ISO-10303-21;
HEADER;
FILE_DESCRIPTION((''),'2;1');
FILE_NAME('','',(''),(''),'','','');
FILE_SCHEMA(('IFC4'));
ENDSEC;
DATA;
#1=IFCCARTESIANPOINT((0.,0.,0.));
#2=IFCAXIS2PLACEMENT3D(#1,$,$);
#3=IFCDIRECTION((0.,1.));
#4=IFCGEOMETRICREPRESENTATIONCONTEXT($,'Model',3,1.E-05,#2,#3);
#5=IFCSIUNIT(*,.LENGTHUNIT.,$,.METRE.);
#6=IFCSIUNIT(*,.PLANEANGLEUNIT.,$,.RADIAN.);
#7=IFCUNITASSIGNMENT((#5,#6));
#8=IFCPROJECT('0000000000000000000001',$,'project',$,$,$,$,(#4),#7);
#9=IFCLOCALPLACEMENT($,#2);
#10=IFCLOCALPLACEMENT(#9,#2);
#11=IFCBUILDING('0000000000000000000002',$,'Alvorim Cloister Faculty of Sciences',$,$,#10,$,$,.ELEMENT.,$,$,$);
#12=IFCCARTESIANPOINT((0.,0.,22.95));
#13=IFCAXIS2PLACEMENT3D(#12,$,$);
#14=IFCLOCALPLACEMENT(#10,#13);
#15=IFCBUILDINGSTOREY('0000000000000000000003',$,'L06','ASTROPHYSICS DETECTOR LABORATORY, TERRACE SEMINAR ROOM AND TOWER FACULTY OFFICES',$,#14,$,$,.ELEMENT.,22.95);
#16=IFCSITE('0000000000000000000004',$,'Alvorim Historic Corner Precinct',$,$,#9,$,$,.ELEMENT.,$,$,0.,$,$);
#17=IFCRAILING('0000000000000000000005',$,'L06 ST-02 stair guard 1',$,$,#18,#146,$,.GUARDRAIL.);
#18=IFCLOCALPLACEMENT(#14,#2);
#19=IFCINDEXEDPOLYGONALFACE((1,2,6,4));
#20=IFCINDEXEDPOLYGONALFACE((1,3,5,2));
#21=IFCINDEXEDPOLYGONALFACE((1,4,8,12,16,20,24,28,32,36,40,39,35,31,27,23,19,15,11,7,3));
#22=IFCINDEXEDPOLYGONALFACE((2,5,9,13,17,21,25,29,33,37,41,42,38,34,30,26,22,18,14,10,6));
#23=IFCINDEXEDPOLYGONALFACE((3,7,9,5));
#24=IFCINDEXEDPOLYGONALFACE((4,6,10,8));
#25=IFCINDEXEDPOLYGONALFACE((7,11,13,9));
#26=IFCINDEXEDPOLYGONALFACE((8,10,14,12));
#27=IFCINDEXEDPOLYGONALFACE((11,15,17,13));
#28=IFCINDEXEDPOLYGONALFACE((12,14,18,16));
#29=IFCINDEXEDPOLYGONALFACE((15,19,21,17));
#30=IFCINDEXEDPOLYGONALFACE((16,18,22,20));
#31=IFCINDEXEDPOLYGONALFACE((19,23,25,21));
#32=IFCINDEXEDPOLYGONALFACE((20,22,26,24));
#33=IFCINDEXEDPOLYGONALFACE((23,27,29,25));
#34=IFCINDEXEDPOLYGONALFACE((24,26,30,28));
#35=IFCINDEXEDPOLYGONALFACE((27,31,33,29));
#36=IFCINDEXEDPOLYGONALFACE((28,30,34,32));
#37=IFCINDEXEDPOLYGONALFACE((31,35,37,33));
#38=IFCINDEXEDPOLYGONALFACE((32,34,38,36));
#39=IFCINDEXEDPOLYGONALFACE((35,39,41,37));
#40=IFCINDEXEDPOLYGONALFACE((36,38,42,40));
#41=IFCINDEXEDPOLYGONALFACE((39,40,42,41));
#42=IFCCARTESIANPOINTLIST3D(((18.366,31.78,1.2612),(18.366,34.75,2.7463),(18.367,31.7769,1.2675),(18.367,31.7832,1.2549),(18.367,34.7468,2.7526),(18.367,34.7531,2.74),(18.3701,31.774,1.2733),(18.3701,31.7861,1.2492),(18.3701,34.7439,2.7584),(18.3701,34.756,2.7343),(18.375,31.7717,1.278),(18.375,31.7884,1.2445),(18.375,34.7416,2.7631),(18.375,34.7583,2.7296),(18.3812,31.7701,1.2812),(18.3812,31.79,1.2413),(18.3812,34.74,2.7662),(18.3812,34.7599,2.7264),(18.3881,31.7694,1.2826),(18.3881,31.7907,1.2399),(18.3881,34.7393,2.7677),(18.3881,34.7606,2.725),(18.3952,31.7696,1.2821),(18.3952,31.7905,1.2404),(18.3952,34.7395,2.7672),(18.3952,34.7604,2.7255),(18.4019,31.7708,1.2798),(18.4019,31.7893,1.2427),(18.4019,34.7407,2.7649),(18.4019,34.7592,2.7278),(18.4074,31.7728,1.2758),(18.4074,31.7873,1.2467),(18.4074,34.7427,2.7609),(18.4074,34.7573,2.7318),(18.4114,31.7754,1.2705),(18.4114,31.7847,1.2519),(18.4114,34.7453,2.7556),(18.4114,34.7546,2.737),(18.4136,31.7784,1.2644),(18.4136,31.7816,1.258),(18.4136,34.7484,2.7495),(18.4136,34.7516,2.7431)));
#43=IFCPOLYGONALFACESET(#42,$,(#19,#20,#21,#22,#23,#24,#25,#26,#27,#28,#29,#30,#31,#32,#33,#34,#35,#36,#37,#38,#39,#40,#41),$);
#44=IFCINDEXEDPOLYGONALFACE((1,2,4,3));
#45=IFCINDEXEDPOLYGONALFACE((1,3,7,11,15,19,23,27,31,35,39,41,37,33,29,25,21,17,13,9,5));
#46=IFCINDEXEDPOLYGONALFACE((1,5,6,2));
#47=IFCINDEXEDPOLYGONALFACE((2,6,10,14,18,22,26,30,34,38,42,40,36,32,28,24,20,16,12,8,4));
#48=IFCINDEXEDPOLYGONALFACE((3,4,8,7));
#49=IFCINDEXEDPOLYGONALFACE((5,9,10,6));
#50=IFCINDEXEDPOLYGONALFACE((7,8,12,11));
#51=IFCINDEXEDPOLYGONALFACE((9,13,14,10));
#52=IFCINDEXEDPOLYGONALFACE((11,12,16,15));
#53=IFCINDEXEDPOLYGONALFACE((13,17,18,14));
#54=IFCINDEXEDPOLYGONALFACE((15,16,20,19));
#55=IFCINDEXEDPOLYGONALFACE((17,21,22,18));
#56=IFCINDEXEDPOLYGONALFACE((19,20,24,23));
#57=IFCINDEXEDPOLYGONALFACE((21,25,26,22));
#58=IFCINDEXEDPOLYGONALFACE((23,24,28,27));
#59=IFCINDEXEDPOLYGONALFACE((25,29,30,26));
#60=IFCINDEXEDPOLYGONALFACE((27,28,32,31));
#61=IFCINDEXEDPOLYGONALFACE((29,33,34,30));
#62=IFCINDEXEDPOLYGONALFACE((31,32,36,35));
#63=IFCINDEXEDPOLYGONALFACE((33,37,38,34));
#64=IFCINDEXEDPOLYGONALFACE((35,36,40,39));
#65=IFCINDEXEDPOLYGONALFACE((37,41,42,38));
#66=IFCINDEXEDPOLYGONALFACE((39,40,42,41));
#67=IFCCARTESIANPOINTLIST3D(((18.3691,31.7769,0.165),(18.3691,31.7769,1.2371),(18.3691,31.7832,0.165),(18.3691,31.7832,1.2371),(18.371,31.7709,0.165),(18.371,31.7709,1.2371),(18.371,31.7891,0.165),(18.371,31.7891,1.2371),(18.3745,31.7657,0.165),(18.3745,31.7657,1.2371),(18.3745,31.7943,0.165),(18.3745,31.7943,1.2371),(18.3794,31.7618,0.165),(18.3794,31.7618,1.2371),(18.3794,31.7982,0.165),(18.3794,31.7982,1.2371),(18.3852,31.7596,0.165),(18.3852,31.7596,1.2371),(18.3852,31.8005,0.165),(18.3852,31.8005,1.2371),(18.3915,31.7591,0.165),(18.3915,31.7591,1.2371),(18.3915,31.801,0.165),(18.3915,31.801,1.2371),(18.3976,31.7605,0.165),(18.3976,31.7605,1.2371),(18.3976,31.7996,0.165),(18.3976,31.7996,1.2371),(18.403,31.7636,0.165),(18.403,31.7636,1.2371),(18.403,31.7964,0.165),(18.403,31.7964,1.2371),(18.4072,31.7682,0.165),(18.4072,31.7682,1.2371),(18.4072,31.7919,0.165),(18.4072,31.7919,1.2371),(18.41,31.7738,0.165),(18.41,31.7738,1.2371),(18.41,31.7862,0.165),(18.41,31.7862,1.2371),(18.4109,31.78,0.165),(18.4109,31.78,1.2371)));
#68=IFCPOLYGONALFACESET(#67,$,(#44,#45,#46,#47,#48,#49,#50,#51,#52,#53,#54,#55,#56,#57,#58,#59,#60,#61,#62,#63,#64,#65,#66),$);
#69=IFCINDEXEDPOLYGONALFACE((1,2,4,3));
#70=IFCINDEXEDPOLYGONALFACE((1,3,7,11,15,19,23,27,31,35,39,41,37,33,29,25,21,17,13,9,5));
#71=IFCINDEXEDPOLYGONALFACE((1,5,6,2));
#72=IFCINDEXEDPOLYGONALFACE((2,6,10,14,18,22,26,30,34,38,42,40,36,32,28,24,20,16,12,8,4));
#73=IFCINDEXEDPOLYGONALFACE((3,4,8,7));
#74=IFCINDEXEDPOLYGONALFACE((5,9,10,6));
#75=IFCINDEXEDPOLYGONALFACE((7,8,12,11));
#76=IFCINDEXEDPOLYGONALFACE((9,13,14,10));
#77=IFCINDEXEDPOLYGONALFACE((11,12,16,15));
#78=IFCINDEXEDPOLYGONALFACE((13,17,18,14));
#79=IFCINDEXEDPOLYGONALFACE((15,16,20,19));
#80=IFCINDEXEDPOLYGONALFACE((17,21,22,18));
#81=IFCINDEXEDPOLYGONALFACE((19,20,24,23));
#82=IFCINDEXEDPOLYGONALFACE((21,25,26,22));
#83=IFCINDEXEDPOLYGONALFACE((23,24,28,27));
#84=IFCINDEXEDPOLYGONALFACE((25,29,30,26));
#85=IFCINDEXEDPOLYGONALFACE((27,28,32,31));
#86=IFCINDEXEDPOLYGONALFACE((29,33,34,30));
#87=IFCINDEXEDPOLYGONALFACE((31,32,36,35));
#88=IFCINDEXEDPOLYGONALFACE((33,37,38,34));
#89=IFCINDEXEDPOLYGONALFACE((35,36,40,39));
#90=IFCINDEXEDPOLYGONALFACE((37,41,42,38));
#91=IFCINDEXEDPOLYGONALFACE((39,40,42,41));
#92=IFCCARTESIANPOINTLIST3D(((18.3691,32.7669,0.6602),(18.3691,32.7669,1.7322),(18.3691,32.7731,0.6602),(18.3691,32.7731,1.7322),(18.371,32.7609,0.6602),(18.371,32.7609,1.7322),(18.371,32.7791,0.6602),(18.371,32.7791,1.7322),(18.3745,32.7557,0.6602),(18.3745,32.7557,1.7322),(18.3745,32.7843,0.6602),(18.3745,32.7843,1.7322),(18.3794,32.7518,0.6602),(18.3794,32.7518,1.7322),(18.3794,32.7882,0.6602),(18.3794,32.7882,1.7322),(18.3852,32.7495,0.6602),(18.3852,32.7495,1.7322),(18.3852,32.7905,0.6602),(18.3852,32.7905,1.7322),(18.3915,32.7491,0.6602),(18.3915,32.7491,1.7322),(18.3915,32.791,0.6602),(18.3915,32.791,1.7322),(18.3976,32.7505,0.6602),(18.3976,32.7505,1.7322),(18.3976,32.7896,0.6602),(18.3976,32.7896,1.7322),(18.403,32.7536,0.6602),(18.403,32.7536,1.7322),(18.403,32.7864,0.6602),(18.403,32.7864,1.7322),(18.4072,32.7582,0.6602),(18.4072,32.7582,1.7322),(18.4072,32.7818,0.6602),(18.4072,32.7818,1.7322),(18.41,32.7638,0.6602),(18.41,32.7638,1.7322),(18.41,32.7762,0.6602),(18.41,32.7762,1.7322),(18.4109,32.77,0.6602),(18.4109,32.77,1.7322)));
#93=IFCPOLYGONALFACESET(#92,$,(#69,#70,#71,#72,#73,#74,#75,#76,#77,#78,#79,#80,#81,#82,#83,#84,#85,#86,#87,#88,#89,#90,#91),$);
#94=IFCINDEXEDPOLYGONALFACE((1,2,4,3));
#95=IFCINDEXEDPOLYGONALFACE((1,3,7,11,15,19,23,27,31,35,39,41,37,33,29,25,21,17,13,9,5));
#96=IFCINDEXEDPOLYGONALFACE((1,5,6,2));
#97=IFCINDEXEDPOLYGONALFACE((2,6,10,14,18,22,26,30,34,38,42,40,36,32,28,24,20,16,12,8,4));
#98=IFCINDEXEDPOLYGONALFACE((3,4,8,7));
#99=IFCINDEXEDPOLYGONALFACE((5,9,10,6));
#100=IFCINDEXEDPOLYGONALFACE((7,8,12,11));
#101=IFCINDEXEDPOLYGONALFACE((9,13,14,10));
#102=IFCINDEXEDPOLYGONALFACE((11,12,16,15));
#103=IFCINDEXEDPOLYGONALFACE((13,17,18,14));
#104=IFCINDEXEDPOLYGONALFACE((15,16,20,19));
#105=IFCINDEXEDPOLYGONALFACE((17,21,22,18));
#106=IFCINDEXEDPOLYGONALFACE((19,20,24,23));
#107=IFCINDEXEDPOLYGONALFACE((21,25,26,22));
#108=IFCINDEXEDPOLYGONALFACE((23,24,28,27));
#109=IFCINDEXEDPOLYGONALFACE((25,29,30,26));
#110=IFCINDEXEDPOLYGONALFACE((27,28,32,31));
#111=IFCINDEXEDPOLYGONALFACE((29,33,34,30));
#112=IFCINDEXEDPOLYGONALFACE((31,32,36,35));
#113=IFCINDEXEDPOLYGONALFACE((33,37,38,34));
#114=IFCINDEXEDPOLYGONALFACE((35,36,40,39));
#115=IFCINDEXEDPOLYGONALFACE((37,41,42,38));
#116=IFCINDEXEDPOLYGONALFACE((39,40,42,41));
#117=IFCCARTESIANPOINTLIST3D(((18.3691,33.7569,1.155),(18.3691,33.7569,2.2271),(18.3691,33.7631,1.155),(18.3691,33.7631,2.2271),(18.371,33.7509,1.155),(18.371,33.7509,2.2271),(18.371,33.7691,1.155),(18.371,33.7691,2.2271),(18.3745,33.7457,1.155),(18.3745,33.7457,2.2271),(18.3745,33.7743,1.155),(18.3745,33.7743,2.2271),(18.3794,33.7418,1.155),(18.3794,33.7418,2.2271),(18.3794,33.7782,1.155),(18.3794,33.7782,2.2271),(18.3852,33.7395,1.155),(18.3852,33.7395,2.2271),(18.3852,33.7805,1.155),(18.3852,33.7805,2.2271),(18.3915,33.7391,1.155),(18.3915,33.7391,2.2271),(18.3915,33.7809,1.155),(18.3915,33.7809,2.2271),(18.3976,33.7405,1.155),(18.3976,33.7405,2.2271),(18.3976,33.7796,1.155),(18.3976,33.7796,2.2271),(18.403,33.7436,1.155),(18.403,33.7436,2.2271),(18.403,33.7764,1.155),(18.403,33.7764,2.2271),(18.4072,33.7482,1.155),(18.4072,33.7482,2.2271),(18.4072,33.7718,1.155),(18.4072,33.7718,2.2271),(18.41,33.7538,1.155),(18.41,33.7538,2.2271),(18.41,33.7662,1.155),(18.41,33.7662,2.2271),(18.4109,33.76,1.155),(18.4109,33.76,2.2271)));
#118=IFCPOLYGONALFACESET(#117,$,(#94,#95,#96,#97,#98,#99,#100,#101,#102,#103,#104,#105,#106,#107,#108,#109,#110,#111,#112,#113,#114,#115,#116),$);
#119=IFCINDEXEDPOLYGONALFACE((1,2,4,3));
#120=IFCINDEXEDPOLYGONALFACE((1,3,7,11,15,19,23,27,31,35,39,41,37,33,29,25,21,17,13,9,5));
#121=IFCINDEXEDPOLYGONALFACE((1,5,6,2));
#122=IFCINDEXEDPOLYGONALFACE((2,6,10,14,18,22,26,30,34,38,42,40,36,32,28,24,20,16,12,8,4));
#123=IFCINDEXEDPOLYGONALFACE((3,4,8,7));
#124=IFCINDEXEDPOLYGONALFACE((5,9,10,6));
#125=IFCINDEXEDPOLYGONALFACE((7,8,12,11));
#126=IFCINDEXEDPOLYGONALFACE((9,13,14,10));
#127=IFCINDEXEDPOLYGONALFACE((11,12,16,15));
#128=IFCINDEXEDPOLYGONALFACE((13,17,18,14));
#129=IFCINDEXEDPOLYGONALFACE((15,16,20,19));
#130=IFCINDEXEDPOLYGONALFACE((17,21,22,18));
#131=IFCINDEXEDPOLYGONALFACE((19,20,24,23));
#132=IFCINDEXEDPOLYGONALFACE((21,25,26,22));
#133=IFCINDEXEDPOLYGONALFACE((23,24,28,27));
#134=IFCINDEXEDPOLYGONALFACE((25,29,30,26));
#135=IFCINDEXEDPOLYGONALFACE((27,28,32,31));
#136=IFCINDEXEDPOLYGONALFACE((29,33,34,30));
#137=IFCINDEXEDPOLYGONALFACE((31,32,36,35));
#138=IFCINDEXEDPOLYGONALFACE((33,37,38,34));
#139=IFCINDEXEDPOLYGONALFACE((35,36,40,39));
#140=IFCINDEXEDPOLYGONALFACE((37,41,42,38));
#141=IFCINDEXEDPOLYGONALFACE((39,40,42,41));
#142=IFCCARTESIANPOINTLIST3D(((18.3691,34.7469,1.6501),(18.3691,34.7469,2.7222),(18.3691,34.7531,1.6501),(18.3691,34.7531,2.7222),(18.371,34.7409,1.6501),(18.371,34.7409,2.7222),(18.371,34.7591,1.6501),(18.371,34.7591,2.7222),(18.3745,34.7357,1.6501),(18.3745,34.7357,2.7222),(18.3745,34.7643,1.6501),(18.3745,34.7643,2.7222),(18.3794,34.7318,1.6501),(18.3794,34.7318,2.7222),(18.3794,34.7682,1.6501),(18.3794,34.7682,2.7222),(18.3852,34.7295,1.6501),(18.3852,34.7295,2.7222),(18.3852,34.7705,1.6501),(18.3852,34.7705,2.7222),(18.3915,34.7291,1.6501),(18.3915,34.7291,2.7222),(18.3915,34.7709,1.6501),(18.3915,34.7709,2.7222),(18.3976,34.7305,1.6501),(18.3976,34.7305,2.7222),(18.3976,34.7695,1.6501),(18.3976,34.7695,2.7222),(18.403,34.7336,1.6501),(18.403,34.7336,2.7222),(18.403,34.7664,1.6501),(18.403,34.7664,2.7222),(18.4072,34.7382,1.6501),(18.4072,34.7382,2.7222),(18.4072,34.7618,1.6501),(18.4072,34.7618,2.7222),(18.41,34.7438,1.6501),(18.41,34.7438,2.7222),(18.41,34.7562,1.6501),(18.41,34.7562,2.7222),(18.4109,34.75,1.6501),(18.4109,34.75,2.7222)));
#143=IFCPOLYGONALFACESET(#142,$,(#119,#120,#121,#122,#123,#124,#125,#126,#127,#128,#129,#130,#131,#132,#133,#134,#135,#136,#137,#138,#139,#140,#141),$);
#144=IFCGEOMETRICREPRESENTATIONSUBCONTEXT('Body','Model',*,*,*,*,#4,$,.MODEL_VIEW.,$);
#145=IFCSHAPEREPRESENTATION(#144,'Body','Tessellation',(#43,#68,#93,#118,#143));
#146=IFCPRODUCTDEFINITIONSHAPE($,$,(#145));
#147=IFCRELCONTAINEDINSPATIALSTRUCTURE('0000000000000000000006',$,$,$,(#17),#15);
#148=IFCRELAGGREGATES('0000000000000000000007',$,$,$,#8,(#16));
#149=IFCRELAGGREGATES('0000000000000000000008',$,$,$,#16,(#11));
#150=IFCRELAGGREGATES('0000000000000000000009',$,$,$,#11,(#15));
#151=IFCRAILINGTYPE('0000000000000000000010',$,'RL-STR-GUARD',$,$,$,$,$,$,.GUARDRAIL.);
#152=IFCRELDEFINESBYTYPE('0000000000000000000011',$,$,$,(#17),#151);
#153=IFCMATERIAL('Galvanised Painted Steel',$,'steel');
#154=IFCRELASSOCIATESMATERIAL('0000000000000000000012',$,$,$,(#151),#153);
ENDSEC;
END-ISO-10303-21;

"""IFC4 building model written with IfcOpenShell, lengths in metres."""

from ifc_helpers import new_model, si_unit, direction, frame, origin, origin_2d, place, context, subcontext, project, spatial, circle, extrude, material, type_object, element, save


model = new_model("IFC4")

# Units and contexts
model_context = context("Model", 3, precision=1e-05, world=origin(), true_north=direction((0.0, 1.0)))
body_context = subcontext(model_context, "Body", "Model", "MODEL_VIEW")
ifc_project = project(units=[si_unit("LENGTHUNIT", "METRE"), si_unit("PLANEANGLEUNIT", "RADIAN")], contexts=[model_context])

# Site, building, storey
site_placement = place(None, origin())
site = spatial("IfcSite", under=ifc_project, at=site_placement, Name="Alvorim Historic Corner Precinct", CompositionType="ELEMENT", RefElevation=0.0)
building_placement = place(site_placement, origin())
building = spatial("IfcBuilding", under=site, at=building_placement, Name="Alvorim Cloister Faculty of Sciences", CompositionType="ELEMENT")
storey_placement = place(building_placement, frame((0.0, 0.0, 22.95)))
storey = spatial("IfcBuildingStorey", under=building, at=storey_placement, Name="L06", Description="ASTROPHYSICS DETECTOR LABORATORY, TERRACE SEMINAR ROOM AND TOWER FACULTY OFFICES", CompositionType="ELEMENT", Elevation=22.95)

# Railing
ifc_material_1 = material(Name="Galvanised Painted Steel", Category="steel")
railing_type_1 = type_object("IfcRailingType", Name="RL-STR-GUARD", PredefinedType="GUARDRAIL", material=ifc_material_1)
railing_1_placement = place(storey_placement, frame((18.3899, 31.78, 0.165)))
element("IfcRailing", 1, at=railing_1_placement, inside=storey, type_object=railing_type_1, Name="L06 ST-02 stair guard 1", PredefinedType="GUARDRAIL", context=body_context, shape_type="SweptSolid", body=[
    extrude(circle(Radius=0.0239, at=origin_2d()), frame((0.0, 0.0, 1.0962), z_axis=(0.0, 0.894412, 0.447243), x_axis=(-1.0, 0.0, 0.0)), (0.0, 0.0, 1.0), 3.3206),
    extrude(circle(Radius=0.021, at=origin_2d()), origin(), (0.0, 0.0, 1.0), 1.072),
    extrude(circle(Radius=0.021, at=origin_2d()), frame((0.0, 0.99, 0.4951)), (0.0, 0.0, 1.0), 1.072),
    extrude(circle(Radius=0.021, at=origin_2d()), frame((0.0, 1.98, 0.99)), (0.0, 0.0, 1.0), 1.072),
    extrude(circle(Radius=0.021, at=origin_2d()), frame((0.0, 2.97, 1.4851)), (0.0, 0.0, 1.0), 1.072),
])

save(model, "model.ifc")
